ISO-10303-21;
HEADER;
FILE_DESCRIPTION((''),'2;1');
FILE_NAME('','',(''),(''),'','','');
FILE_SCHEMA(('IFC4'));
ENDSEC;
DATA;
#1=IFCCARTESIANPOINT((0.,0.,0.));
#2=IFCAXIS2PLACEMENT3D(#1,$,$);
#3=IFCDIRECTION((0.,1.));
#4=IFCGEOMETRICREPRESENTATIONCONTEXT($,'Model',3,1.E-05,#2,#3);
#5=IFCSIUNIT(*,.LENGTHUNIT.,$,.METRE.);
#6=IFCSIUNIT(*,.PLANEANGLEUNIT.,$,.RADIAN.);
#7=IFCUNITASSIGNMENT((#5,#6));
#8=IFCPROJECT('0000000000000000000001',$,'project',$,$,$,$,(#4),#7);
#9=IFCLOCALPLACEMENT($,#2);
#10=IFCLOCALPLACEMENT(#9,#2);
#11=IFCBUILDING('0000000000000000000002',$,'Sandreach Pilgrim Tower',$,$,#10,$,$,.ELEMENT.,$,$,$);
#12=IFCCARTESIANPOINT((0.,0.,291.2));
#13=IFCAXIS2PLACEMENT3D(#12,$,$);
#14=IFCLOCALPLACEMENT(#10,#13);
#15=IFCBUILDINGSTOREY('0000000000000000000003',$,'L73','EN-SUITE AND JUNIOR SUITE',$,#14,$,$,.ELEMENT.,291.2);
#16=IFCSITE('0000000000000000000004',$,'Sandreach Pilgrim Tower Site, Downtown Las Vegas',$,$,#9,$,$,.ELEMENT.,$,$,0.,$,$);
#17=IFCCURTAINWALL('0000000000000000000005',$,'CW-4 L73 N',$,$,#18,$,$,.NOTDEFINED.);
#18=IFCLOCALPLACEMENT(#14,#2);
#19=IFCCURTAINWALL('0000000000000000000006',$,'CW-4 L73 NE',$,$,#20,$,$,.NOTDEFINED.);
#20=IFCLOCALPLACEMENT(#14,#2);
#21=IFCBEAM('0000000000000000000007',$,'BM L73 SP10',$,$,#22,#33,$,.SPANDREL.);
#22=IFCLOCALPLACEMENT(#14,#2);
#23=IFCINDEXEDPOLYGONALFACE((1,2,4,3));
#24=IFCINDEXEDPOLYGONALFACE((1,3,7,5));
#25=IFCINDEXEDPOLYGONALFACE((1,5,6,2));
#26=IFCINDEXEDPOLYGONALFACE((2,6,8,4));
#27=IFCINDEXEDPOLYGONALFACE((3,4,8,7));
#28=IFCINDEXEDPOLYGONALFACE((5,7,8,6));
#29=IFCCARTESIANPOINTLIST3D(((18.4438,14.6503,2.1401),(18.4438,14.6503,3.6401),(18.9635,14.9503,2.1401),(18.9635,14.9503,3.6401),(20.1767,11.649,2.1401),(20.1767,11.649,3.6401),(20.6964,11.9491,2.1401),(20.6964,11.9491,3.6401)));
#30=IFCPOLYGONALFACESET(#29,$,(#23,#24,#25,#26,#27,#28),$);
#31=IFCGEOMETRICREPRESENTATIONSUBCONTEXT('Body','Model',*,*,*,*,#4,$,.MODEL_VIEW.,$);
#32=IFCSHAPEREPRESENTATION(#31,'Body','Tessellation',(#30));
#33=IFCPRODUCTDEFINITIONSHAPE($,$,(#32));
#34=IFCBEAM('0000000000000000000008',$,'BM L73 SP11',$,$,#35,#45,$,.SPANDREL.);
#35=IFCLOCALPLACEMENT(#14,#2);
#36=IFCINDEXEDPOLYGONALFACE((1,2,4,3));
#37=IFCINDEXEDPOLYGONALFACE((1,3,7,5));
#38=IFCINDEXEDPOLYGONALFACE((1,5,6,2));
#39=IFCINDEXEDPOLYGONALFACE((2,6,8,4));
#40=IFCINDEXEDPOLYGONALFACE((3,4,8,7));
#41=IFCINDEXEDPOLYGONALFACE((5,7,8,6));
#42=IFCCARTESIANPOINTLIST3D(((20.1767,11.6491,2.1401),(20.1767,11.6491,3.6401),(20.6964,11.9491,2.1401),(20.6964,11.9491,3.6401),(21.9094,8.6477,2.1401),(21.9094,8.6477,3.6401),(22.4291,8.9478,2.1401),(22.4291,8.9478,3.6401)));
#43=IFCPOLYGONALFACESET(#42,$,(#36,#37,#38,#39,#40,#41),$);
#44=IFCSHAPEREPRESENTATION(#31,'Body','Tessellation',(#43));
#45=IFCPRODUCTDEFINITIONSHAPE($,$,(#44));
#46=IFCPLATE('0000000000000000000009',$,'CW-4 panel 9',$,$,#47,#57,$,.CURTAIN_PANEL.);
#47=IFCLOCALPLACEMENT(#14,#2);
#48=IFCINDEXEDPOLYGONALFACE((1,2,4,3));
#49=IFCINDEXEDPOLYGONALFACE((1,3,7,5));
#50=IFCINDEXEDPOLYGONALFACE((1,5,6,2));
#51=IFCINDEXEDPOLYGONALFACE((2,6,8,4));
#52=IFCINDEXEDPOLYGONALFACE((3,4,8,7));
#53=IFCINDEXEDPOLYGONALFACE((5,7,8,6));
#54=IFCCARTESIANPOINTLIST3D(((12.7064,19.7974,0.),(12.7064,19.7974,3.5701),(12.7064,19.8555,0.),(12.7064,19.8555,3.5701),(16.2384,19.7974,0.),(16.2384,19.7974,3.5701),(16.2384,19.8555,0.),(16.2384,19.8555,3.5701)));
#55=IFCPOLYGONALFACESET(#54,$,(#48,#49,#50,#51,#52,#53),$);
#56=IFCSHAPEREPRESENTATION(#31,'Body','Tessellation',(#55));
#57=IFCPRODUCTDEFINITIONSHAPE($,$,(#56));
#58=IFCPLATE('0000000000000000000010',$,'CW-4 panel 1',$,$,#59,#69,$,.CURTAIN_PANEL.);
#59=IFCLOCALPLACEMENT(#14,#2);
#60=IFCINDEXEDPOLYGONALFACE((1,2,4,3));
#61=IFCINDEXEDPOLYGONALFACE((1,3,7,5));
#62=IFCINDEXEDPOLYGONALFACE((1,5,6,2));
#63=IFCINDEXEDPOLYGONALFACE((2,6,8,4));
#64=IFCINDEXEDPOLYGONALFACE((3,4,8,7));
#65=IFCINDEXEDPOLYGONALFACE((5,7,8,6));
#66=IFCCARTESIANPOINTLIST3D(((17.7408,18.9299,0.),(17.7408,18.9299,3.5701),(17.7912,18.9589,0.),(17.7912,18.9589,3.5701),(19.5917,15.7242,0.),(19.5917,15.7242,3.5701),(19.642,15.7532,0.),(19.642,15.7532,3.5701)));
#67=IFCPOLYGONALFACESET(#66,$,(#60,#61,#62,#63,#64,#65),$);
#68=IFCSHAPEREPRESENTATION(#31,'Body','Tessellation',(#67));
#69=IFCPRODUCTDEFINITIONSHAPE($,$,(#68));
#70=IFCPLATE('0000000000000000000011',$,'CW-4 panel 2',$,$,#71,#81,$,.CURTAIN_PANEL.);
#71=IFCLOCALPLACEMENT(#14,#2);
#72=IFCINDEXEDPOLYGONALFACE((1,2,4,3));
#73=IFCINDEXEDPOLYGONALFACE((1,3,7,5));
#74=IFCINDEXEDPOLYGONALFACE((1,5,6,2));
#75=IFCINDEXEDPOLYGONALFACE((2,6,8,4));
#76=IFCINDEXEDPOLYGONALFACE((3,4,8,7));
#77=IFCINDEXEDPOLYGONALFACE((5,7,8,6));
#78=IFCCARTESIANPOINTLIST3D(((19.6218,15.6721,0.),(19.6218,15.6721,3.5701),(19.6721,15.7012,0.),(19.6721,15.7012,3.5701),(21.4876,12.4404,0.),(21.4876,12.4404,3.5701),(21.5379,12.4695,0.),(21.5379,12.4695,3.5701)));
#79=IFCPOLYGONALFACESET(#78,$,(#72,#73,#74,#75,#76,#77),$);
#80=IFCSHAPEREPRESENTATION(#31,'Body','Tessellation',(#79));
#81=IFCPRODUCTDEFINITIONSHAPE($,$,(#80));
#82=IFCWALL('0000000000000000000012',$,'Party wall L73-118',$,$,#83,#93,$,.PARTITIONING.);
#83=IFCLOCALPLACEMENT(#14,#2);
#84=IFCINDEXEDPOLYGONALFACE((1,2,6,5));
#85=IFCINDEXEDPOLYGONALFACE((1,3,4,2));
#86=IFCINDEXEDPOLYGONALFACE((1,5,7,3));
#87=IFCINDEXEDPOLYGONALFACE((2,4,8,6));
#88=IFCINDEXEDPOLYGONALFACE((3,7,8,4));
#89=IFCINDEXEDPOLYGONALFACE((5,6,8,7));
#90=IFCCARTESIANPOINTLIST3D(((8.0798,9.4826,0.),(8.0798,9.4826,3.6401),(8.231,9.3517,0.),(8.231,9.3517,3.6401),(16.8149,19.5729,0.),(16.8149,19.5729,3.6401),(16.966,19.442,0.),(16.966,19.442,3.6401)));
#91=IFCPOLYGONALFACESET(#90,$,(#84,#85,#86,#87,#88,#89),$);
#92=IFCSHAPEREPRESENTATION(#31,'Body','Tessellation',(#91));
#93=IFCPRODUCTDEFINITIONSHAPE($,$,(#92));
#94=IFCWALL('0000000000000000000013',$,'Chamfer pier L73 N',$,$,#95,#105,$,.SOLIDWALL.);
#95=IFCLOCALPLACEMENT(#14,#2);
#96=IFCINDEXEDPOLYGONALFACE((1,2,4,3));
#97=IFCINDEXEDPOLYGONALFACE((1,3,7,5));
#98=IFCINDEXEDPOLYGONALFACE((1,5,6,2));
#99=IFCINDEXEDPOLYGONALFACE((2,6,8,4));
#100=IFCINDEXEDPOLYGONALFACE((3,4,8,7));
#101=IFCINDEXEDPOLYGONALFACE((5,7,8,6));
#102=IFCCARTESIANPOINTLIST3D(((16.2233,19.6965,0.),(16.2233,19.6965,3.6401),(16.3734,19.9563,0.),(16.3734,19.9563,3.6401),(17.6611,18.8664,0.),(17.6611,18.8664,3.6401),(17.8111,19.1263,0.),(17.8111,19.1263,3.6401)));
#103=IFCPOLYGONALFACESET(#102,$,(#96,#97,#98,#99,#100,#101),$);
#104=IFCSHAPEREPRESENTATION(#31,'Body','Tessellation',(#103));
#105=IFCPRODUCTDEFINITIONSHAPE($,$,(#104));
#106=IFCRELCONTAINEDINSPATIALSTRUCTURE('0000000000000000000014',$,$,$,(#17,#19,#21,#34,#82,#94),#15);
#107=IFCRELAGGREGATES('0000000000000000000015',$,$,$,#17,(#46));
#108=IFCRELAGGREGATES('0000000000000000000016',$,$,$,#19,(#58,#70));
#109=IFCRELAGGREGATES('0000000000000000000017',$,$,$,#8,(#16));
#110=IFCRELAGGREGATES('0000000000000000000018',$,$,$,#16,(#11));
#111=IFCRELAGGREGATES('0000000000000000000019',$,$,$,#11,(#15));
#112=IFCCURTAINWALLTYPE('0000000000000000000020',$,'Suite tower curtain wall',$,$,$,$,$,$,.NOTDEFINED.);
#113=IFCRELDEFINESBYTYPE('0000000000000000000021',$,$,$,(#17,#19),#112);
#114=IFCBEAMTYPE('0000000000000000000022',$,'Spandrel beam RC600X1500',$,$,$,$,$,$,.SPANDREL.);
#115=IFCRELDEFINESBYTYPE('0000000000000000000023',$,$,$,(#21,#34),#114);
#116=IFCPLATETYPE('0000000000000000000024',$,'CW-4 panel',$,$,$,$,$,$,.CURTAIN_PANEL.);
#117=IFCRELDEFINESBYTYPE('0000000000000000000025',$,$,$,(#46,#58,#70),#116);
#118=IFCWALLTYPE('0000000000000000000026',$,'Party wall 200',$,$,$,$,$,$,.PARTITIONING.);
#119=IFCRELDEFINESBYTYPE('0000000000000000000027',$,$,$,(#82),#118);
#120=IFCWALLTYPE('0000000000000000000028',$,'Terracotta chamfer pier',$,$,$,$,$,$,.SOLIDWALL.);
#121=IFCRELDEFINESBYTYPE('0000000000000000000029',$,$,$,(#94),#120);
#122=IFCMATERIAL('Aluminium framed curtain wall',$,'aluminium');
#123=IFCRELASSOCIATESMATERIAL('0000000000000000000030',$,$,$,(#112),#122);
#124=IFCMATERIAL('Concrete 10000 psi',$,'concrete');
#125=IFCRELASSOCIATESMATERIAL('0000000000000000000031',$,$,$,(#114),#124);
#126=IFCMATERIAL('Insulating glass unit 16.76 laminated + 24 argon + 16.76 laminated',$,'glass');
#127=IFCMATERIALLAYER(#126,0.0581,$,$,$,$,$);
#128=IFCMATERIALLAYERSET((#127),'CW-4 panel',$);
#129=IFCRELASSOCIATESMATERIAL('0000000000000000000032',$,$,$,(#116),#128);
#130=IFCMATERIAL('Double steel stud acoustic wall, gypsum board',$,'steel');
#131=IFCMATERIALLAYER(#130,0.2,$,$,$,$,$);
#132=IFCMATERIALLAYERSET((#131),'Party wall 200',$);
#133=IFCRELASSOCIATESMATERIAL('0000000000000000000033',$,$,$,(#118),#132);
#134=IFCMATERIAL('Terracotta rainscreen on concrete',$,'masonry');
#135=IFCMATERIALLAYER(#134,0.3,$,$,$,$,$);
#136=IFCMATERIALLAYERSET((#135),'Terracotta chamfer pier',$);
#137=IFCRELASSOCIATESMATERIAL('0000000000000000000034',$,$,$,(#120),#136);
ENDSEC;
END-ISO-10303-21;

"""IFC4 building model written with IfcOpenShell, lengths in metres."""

from ifc_helpers import new_model, si_unit, direction, frame, frame_2d, origin, origin_2d, place, context, subcontext, project, spatial, rectangle, extrude, material, layer, layer_set, material_profile, profile_set, type_object, element, aggregate, save


model = new_model("IFC4")

# Units and contexts
model_context = context("Model", 3, precision=1e-05, world=origin(), true_north=direction((0.0, 1.0)))
body_context = subcontext(model_context, "Body", "Model", "MODEL_VIEW")
ifc_project = project(units=[si_unit("LENGTHUNIT", "METRE"), si_unit("PLANEANGLEUNIT", "RADIAN")], contexts=[model_context])

# Site, building, storey
site_placement = place(None, origin())
site = spatial("IfcSite", under=ifc_project, at=site_placement, Name="Sandreach Pilgrim Tower Site, Downtown Las Vegas", CompositionType="ELEMENT", RefElevation=0.0)
building_placement = place(site_placement, origin())
building = spatial("IfcBuilding", under=site, at=building_placement, Name="Sandreach Pilgrim Tower", CompositionType="ELEMENT")
storey_placement = place(building_placement, frame((0.0, 0.0, 291.2)))
storey = spatial("IfcBuildingStorey", under=building, at=storey_placement, Name="L73", Description="EN-SUITE AND JUNIOR SUITE", CompositionType="ELEMENT", Elevation=291.2)

# Curtain walls
ifc_material_1 = material(Name="Aluminium framed curtain wall", Category="aluminium")
curtain_wall_type = type_object("IfcCurtainWallType", Name="Suite tower curtain wall", PredefinedType="NOTDEFINED", material=ifc_material_1)
curtain_wall_1_placement = place(storey_placement, origin())
curtain_wall_1 = element("IfcCurtainWall", 1, at=curtain_wall_1_placement, inside=storey, type_object=curtain_wall_type, Name="CW-4 L73 N", PredefinedType="NOTDEFINED")
curtain_wall_2_placement = place(storey_placement, origin())
curtain_wall_2 = element("IfcCurtainWall", 2, at=curtain_wall_2_placement, inside=storey, type_object=curtain_wall_type, Name="CW-4 L73 NE", PredefinedType="NOTDEFINED")

# Beams
ifc_material_2 = material(Name="Concrete 10000 psi", Category="concrete")
ifc_material_profile_1 = material_profile(ifc_material_2, rectangle(XDim=0.6001, YDim=1.5, at=origin_2d()), Name="RC600X1500")
ifc_profile_set_1 = profile_set([ifc_material_profile_1], Name="Concrete 10000 psi")
beam_type_1 = type_object("IfcBeamType", Name="Spandrel beam RC600X1500", PredefinedType="SPANDREL", material=ifc_profile_set_1)
for number, where, z_axis, x_axis, name in (
    (3, (18.7036, 14.8003, 2.8901), (0.500033, -0.866006, 0.0), (0.866006, 0.500033, 0.0), "BM L73 SP10"),
    (4, (20.4365, 11.7991, 2.8901), (0.499981, -0.866037, 0.0), (0.866037, 0.499981, 0.0), "BM L73 SP11"),
):
    element("IfcBeam", number, at=place(storey_placement, frame(where, z_axis=z_axis, x_axis=x_axis)), inside=storey, type_object=beam_type_1, Name=name, PredefinedType="SPANDREL", context=body_context, shape_type="SweptSolid", body=[
        extrude(rectangle(XDim=0.6001, YDim=1.5, at=origin_2d()), origin(), (0.0, 0.0, 1.0), 3.4656),
    ])

# Plates
ifc_material_3 = material(Name="Insulating glass unit 16.76 laminated + 24 argon + 16.76 laminated", Category="glass")
ifc_layer_1 = layer(ifc_material_3, 0.0581)
ifc_layer_set_1 = layer_set([ifc_layer_1], Name="CW-4 panel")
plate_type = type_object("IfcPlateType", Name="CW-4 panel", PredefinedType="CURTAIN_PANEL", material=ifc_layer_set_1)
plate_1_placement = place(storey_placement, frame((14.4724, 19.8264, 0.0), z_axis=(0.0, 0.0, 1.0), x_axis=(1.0, 0.0, 0.0)))
plate_1 = element("IfcPlate", 5, at=plate_1_placement, type_object=plate_type, Name="CW-4 panel 9", PredefinedType="CURTAIN_PANEL", context=body_context, shape_type="SweptSolid", body=[
    extrude(rectangle(XDim=3.532, YDim=0.0581, at=origin_2d()), origin(), (0.0, 0.0, 1.0), 3.5701),
])
aggregate(curtain_wall_1, [plate_1])
plate_2_placement = place(storey_placement, frame((18.6914, 17.3416, 0.0), z_axis=(0.0, 0.0, 1.0), x_axis=(0.5, -0.866025, 0.0)))
plate_2 = element("IfcPlate", 6, at=plate_2_placement, type_object=plate_type, Name="CW-4 panel 1", PredefinedType="CURTAIN_PANEL", context=body_context, shape_type="SweptSolid", body=[
    extrude(rectangle(XDim=3.7017, YDim=0.0581, at=origin_2d()), origin(), (0.0, 0.0, 1.0), 3.5701),
])
plate_3_placement = place(storey_placement, frame((20.5798, 14.0708, 0.0), z_axis=(0.0, 0.0, 1.0), x_axis=(0.5, -0.866025, 0.0)))
plate_3 = element("IfcPlate", 7, at=plate_3_placement, type_object=plate_type, Name="CW-4 panel 2", PredefinedType="CURTAIN_PANEL", context=body_context, shape_type="SweptSolid", body=[
    extrude(rectangle(XDim=3.7317, YDim=0.0581, at=origin_2d()), origin(), (0.0, 0.0, 1.0), 3.5701),
])
aggregate(curtain_wall_2, [plate_2, plate_3])

# Walls
ifc_material_4 = material(Name="Double steel stud acoustic wall, gypsum board", Category="steel")
ifc_layer_2 = layer(ifc_material_4, 0.2)
ifc_layer_set_2 = layer_set([ifc_layer_2], Name="Party wall 200")
wall_type_1 = type_object("IfcWallType", Name="Party wall 200", PredefinedType="PARTITIONING", material=ifc_layer_set_2)
wall_1_placement = place(storey_placement, frame((16.8904, 19.5073, 0.0), z_axis=(0.0, 0.0, 1.0), x_axis=(-0.654509, -0.756054, 0.0)))
element("IfcWall", 8, at=wall_1_placement, inside=storey, type_object=wall_type_1, Name="Party wall L73-118", PredefinedType="PARTITIONING", context=body_context, shape_type="SweptSolid", body=[
    extrude(rectangle(XDim=13.3459, YDim=0.2, at=frame_2d((6.6729, 0.0))), origin(), (0.0, 0.0, 1.0), 3.6401),
])
ifc_material_5 = material(Name="Terracotta rainscreen on concrete", Category="masonry")
ifc_layer_3 = layer(ifc_material_5, 0.3)
ifc_layer_set_3 = layer_set([ifc_layer_3], Name="Terracotta chamfer pier")
wall_type_2 = type_object("IfcWallType", Name="Terracotta chamfer pier", PredefinedType="SOLIDWALL", material=ifc_layer_set_3)
wall_2_placement = place(storey_placement, frame((16.2983, 19.8264, 0.0), z_axis=(0.0, 0.0, 1.0), x_axis=(0.866026, -0.499998, 0.0)))
element("IfcWall", 9, at=wall_2_placement, inside=storey, type_object=wall_type_2, Name="Chamfer pier L73 N", PredefinedType="SOLIDWALL", context=body_context, shape_type="SweptSolid", body=[
    extrude(rectangle(XDim=1.6602, YDim=0.3, at=frame_2d((0.8301, 0.0))), origin(), (0.0, 0.0, 1.0), 3.6401),
])

save(model, "model.ifc")
